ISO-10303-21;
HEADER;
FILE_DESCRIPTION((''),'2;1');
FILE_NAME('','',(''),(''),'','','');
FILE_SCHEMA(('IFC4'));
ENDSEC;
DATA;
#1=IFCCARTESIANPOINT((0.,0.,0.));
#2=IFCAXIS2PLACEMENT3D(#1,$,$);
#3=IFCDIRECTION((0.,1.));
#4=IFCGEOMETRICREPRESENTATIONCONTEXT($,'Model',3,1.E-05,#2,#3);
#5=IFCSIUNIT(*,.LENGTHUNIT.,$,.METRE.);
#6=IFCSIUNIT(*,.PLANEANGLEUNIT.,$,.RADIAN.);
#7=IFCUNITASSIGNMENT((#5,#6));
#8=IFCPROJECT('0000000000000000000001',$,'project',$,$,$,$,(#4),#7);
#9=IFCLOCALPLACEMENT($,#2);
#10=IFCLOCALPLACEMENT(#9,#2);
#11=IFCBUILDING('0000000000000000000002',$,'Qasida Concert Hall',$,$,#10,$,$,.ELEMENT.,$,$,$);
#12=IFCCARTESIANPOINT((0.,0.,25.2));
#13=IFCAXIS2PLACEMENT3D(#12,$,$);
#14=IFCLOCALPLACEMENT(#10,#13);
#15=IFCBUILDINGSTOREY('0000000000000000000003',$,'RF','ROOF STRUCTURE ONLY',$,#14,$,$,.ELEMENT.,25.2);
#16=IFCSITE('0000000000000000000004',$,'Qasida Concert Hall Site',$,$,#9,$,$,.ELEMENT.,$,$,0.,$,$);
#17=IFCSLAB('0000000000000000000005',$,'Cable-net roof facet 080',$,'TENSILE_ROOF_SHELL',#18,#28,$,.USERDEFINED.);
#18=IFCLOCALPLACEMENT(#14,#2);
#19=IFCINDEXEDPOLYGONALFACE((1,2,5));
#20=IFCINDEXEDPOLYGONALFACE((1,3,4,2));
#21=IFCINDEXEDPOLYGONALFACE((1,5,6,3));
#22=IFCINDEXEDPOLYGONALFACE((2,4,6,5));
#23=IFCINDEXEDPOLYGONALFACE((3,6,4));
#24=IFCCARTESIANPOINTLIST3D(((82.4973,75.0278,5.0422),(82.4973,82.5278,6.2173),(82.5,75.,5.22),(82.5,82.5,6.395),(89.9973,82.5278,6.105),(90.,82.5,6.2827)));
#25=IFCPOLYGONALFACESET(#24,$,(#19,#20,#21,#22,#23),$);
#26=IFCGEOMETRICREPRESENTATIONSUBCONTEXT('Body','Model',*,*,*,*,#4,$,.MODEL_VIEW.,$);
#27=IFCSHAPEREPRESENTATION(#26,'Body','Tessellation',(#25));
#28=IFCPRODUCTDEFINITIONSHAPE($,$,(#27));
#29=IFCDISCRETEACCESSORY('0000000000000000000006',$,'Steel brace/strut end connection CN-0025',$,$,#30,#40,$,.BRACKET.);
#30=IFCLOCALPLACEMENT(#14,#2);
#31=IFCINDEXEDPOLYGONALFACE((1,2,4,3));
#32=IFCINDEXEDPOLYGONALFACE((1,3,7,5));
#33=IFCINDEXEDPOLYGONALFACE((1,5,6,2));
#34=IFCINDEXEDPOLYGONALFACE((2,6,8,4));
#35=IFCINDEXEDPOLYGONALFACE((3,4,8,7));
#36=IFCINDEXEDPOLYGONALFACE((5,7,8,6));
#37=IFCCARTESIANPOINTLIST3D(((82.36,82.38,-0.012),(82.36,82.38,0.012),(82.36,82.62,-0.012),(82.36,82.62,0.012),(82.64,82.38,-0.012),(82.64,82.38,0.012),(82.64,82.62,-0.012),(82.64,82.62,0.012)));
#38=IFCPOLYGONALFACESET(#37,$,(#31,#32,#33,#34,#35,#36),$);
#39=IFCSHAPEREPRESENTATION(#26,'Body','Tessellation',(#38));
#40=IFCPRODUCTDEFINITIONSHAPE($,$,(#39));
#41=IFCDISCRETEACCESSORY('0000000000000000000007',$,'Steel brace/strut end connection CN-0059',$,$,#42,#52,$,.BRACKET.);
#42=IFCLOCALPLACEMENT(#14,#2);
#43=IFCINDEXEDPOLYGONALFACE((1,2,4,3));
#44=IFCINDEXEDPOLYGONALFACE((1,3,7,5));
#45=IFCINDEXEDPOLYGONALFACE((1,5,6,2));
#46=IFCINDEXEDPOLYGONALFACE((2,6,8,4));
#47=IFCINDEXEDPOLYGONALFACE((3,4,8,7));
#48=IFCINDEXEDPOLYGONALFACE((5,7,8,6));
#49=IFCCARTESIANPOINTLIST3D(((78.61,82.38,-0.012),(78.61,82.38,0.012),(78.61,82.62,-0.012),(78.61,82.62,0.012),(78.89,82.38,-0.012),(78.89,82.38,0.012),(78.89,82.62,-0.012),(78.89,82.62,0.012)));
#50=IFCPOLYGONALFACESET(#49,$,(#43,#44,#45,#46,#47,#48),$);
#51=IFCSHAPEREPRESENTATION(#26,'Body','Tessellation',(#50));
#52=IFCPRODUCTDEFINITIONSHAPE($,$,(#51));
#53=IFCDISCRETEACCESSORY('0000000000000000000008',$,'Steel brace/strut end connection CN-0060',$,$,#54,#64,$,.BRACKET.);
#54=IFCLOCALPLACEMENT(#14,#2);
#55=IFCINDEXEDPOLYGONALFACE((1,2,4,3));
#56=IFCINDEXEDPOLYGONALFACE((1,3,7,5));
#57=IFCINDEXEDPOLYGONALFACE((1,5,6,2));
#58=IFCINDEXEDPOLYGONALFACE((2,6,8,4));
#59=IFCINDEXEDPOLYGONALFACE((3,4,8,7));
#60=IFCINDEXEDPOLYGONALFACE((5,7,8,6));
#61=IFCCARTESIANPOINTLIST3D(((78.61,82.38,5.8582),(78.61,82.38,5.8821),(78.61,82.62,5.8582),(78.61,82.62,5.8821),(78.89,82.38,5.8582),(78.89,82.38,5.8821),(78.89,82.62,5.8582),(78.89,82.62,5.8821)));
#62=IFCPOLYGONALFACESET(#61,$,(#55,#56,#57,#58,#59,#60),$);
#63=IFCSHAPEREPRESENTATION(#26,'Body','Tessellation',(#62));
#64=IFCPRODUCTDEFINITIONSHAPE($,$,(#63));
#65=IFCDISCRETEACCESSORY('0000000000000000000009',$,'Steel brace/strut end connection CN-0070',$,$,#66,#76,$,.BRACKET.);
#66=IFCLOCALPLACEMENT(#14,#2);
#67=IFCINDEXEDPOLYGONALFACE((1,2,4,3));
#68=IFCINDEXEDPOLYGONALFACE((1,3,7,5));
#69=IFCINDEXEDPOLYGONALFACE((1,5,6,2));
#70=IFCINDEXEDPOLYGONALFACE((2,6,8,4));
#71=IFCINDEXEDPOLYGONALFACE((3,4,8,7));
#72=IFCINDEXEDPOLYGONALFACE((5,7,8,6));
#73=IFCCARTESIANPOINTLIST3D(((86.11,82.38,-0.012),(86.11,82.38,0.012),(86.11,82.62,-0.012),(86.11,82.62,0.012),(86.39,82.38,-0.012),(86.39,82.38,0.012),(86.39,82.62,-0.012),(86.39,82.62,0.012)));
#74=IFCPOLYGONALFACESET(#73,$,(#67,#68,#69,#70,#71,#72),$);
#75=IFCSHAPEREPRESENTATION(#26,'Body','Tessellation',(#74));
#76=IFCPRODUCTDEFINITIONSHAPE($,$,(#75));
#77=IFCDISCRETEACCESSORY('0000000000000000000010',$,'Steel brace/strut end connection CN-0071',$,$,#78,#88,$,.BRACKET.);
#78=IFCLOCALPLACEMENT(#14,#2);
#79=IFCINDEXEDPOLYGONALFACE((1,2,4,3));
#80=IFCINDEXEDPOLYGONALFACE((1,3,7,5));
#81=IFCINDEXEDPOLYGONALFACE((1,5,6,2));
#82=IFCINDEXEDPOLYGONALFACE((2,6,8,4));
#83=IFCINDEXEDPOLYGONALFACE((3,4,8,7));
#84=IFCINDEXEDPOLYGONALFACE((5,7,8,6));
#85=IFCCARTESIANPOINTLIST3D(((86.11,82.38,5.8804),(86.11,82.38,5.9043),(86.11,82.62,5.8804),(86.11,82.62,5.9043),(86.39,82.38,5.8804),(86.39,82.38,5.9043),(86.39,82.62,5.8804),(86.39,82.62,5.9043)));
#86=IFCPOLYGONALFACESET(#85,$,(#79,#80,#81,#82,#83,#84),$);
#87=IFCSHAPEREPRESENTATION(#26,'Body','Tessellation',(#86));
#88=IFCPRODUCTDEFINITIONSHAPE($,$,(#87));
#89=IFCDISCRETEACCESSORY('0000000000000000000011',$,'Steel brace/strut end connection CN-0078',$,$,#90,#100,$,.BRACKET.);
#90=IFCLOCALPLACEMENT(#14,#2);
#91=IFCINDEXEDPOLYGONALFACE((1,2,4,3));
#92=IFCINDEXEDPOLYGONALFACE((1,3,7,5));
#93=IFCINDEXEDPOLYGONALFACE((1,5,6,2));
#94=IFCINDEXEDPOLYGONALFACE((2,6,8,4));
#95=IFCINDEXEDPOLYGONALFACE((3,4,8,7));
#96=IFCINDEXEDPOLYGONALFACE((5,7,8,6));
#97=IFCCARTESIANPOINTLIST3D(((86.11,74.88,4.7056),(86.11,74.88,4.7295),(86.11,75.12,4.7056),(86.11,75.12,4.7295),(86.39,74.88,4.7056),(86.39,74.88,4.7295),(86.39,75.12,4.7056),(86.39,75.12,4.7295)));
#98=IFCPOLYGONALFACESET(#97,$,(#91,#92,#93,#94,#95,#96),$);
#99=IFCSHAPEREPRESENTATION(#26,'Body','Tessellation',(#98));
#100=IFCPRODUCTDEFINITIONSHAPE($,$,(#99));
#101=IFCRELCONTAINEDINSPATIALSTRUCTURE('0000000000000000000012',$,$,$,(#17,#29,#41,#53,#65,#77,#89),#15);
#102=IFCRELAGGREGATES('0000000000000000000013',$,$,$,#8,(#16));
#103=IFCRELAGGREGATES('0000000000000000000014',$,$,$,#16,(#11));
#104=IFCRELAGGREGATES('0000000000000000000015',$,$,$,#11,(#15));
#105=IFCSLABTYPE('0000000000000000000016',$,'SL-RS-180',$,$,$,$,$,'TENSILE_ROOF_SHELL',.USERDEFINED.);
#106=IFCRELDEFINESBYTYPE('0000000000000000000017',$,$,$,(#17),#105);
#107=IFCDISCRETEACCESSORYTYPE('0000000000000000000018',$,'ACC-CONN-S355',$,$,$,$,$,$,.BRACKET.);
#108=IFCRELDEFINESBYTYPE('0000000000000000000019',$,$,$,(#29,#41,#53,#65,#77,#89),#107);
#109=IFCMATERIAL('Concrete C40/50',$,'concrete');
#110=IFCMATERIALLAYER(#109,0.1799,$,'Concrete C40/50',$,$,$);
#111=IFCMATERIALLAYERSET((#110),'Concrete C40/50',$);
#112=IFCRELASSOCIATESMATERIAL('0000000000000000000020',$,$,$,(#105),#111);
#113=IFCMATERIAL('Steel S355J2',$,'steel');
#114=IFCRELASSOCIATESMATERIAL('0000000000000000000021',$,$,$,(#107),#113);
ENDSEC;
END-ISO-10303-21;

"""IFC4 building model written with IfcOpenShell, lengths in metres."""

from ifc_helpers import new_model, si_unit, direction, frame, origin, origin_2d, place, context, subcontext, project, spatial, polyline, rectangle, outline, extrude, material, layer, layer_set, type_object, element, save


model = new_model("IFC4")

# Units and contexts
model_context = context("Model", 3, precision=1e-05, world=origin(), true_north=direction((0.0, 1.0)))
body_context = subcontext(model_context, "Body", "Model", "MODEL_VIEW")
ifc_project = project(units=[si_unit("LENGTHUNIT", "METRE"), si_unit("PLANEANGLEUNIT", "RADIAN")], contexts=[model_context])

# Site, building, storey
site_placement = place(None, origin())
site = spatial("IfcSite", under=ifc_project, at=site_placement, Name="Qasida Concert Hall Site", CompositionType="ELEMENT", RefElevation=0.0)
building_placement = place(site_placement, origin())
building = spatial("IfcBuilding", under=site, at=building_placement, Name="Qasida Concert Hall", CompositionType="ELEMENT")
storey_placement = place(building_placement, frame((0.0, 0.0, 25.2)))
storey = spatial("IfcBuildingStorey", under=building, at=storey_placement, Name="RF", Description="ROOF STRUCTURE ONLY", CompositionType="ELEMENT", Elevation=25.2)

# Shared definitions
ifc_material_1 = material(Name="Steel S355J2", Category="steel")

# Slab
ifc_material_2 = material(Name="Concrete C40/50", Category="concrete")
ifc_layer_1 = layer(ifc_material_2, 0.1799, Name="Concrete C40/50")
ifc_layer_set_1 = layer_set([ifc_layer_1], Name="Concrete C40/50")
slab_type = type_object("IfcSlabType", Name="SL-RS-180", ElementType="TENSILE_ROOF_SHELL", PredefinedType="USERDEFINED", material=ifc_layer_set_1)
slab_1_placement = place(storey_placement, frame((82.5, 75.0, 5.22), z_axis=(0.014792, -0.154768, 0.98784), x_axis=(0.703584, 0.703584, 0.099697)))
element("IfcSlab", 1, at=slab_1_placement, inside=storey, type_object=slab_type, Name="Cable-net roof facet 080", ObjectType="TENSILE_ROOF_SHELL", PredefinedType="USERDEFINED", context=body_context, shape_type="SweptSolid", body=[
    extrude(outline(polyline([(0.0, 0.0), (10.6597, 0.0), (5.394, 5.3418), (0.0, 0.0)])), origin(), (0.0, 0.0, -1.0), 0.1799),
])

# Discrete accessories
discrete_accessory_type = type_object("IfcDiscreteAccessoryType", Name="ACC-CONN-S355", PredefinedType="BRACKET", material=ifc_material_1)
for number, where, z_axis, x_axis, name in (
    (2, (82.5, 82.5, -0.012), (0.0, 0.0, 1.0), (1.0, 0.0, 0.0), "Steel brace/strut end connection CN-0025"),
    (3, (78.75, 82.5, -0.012), (0.0, 0.0, 1.0), (1.0, 0.0, 0.0), "Steel brace/strut end connection CN-0059"),
    (4, (78.75, 82.5, 5.8582), (0.0, 0.0, 1.0), (1.0, 0.0, 0.0), "Steel brace/strut end connection CN-0060"),
    (5, (86.25, 82.5, -0.012), (0.0, 0.0, 1.0), (1.0, 0.0, 0.0), "Steel brace/strut end connection CN-0070"),
    (6, (86.25, 82.5, 5.8804), (0.0, 0.0, 1.0), (1.0, 0.0, 0.0), "Steel brace/strut end connection CN-0071"),
    (7, (86.25, 75.0, 4.7056), (0.0, 0.0, 1.0), (1.0, 0.0, 0.0), "Steel brace/strut end connection CN-0078"),
):
    element("IfcDiscreteAccessory", number, at=place(storey_placement, frame(where, z_axis=z_axis, x_axis=x_axis)), inside=storey, type_object=discrete_accessory_type, Name=name, PredefinedType="BRACKET", context=body_context, shape_type="SweptSolid", body=[
        extrude(rectangle(XDim=0.28, YDim=0.24, at=origin_2d()), origin(), (0.0, 0.0, 1.0), 0.0239),
    ])

save(model, "model.ifc")
